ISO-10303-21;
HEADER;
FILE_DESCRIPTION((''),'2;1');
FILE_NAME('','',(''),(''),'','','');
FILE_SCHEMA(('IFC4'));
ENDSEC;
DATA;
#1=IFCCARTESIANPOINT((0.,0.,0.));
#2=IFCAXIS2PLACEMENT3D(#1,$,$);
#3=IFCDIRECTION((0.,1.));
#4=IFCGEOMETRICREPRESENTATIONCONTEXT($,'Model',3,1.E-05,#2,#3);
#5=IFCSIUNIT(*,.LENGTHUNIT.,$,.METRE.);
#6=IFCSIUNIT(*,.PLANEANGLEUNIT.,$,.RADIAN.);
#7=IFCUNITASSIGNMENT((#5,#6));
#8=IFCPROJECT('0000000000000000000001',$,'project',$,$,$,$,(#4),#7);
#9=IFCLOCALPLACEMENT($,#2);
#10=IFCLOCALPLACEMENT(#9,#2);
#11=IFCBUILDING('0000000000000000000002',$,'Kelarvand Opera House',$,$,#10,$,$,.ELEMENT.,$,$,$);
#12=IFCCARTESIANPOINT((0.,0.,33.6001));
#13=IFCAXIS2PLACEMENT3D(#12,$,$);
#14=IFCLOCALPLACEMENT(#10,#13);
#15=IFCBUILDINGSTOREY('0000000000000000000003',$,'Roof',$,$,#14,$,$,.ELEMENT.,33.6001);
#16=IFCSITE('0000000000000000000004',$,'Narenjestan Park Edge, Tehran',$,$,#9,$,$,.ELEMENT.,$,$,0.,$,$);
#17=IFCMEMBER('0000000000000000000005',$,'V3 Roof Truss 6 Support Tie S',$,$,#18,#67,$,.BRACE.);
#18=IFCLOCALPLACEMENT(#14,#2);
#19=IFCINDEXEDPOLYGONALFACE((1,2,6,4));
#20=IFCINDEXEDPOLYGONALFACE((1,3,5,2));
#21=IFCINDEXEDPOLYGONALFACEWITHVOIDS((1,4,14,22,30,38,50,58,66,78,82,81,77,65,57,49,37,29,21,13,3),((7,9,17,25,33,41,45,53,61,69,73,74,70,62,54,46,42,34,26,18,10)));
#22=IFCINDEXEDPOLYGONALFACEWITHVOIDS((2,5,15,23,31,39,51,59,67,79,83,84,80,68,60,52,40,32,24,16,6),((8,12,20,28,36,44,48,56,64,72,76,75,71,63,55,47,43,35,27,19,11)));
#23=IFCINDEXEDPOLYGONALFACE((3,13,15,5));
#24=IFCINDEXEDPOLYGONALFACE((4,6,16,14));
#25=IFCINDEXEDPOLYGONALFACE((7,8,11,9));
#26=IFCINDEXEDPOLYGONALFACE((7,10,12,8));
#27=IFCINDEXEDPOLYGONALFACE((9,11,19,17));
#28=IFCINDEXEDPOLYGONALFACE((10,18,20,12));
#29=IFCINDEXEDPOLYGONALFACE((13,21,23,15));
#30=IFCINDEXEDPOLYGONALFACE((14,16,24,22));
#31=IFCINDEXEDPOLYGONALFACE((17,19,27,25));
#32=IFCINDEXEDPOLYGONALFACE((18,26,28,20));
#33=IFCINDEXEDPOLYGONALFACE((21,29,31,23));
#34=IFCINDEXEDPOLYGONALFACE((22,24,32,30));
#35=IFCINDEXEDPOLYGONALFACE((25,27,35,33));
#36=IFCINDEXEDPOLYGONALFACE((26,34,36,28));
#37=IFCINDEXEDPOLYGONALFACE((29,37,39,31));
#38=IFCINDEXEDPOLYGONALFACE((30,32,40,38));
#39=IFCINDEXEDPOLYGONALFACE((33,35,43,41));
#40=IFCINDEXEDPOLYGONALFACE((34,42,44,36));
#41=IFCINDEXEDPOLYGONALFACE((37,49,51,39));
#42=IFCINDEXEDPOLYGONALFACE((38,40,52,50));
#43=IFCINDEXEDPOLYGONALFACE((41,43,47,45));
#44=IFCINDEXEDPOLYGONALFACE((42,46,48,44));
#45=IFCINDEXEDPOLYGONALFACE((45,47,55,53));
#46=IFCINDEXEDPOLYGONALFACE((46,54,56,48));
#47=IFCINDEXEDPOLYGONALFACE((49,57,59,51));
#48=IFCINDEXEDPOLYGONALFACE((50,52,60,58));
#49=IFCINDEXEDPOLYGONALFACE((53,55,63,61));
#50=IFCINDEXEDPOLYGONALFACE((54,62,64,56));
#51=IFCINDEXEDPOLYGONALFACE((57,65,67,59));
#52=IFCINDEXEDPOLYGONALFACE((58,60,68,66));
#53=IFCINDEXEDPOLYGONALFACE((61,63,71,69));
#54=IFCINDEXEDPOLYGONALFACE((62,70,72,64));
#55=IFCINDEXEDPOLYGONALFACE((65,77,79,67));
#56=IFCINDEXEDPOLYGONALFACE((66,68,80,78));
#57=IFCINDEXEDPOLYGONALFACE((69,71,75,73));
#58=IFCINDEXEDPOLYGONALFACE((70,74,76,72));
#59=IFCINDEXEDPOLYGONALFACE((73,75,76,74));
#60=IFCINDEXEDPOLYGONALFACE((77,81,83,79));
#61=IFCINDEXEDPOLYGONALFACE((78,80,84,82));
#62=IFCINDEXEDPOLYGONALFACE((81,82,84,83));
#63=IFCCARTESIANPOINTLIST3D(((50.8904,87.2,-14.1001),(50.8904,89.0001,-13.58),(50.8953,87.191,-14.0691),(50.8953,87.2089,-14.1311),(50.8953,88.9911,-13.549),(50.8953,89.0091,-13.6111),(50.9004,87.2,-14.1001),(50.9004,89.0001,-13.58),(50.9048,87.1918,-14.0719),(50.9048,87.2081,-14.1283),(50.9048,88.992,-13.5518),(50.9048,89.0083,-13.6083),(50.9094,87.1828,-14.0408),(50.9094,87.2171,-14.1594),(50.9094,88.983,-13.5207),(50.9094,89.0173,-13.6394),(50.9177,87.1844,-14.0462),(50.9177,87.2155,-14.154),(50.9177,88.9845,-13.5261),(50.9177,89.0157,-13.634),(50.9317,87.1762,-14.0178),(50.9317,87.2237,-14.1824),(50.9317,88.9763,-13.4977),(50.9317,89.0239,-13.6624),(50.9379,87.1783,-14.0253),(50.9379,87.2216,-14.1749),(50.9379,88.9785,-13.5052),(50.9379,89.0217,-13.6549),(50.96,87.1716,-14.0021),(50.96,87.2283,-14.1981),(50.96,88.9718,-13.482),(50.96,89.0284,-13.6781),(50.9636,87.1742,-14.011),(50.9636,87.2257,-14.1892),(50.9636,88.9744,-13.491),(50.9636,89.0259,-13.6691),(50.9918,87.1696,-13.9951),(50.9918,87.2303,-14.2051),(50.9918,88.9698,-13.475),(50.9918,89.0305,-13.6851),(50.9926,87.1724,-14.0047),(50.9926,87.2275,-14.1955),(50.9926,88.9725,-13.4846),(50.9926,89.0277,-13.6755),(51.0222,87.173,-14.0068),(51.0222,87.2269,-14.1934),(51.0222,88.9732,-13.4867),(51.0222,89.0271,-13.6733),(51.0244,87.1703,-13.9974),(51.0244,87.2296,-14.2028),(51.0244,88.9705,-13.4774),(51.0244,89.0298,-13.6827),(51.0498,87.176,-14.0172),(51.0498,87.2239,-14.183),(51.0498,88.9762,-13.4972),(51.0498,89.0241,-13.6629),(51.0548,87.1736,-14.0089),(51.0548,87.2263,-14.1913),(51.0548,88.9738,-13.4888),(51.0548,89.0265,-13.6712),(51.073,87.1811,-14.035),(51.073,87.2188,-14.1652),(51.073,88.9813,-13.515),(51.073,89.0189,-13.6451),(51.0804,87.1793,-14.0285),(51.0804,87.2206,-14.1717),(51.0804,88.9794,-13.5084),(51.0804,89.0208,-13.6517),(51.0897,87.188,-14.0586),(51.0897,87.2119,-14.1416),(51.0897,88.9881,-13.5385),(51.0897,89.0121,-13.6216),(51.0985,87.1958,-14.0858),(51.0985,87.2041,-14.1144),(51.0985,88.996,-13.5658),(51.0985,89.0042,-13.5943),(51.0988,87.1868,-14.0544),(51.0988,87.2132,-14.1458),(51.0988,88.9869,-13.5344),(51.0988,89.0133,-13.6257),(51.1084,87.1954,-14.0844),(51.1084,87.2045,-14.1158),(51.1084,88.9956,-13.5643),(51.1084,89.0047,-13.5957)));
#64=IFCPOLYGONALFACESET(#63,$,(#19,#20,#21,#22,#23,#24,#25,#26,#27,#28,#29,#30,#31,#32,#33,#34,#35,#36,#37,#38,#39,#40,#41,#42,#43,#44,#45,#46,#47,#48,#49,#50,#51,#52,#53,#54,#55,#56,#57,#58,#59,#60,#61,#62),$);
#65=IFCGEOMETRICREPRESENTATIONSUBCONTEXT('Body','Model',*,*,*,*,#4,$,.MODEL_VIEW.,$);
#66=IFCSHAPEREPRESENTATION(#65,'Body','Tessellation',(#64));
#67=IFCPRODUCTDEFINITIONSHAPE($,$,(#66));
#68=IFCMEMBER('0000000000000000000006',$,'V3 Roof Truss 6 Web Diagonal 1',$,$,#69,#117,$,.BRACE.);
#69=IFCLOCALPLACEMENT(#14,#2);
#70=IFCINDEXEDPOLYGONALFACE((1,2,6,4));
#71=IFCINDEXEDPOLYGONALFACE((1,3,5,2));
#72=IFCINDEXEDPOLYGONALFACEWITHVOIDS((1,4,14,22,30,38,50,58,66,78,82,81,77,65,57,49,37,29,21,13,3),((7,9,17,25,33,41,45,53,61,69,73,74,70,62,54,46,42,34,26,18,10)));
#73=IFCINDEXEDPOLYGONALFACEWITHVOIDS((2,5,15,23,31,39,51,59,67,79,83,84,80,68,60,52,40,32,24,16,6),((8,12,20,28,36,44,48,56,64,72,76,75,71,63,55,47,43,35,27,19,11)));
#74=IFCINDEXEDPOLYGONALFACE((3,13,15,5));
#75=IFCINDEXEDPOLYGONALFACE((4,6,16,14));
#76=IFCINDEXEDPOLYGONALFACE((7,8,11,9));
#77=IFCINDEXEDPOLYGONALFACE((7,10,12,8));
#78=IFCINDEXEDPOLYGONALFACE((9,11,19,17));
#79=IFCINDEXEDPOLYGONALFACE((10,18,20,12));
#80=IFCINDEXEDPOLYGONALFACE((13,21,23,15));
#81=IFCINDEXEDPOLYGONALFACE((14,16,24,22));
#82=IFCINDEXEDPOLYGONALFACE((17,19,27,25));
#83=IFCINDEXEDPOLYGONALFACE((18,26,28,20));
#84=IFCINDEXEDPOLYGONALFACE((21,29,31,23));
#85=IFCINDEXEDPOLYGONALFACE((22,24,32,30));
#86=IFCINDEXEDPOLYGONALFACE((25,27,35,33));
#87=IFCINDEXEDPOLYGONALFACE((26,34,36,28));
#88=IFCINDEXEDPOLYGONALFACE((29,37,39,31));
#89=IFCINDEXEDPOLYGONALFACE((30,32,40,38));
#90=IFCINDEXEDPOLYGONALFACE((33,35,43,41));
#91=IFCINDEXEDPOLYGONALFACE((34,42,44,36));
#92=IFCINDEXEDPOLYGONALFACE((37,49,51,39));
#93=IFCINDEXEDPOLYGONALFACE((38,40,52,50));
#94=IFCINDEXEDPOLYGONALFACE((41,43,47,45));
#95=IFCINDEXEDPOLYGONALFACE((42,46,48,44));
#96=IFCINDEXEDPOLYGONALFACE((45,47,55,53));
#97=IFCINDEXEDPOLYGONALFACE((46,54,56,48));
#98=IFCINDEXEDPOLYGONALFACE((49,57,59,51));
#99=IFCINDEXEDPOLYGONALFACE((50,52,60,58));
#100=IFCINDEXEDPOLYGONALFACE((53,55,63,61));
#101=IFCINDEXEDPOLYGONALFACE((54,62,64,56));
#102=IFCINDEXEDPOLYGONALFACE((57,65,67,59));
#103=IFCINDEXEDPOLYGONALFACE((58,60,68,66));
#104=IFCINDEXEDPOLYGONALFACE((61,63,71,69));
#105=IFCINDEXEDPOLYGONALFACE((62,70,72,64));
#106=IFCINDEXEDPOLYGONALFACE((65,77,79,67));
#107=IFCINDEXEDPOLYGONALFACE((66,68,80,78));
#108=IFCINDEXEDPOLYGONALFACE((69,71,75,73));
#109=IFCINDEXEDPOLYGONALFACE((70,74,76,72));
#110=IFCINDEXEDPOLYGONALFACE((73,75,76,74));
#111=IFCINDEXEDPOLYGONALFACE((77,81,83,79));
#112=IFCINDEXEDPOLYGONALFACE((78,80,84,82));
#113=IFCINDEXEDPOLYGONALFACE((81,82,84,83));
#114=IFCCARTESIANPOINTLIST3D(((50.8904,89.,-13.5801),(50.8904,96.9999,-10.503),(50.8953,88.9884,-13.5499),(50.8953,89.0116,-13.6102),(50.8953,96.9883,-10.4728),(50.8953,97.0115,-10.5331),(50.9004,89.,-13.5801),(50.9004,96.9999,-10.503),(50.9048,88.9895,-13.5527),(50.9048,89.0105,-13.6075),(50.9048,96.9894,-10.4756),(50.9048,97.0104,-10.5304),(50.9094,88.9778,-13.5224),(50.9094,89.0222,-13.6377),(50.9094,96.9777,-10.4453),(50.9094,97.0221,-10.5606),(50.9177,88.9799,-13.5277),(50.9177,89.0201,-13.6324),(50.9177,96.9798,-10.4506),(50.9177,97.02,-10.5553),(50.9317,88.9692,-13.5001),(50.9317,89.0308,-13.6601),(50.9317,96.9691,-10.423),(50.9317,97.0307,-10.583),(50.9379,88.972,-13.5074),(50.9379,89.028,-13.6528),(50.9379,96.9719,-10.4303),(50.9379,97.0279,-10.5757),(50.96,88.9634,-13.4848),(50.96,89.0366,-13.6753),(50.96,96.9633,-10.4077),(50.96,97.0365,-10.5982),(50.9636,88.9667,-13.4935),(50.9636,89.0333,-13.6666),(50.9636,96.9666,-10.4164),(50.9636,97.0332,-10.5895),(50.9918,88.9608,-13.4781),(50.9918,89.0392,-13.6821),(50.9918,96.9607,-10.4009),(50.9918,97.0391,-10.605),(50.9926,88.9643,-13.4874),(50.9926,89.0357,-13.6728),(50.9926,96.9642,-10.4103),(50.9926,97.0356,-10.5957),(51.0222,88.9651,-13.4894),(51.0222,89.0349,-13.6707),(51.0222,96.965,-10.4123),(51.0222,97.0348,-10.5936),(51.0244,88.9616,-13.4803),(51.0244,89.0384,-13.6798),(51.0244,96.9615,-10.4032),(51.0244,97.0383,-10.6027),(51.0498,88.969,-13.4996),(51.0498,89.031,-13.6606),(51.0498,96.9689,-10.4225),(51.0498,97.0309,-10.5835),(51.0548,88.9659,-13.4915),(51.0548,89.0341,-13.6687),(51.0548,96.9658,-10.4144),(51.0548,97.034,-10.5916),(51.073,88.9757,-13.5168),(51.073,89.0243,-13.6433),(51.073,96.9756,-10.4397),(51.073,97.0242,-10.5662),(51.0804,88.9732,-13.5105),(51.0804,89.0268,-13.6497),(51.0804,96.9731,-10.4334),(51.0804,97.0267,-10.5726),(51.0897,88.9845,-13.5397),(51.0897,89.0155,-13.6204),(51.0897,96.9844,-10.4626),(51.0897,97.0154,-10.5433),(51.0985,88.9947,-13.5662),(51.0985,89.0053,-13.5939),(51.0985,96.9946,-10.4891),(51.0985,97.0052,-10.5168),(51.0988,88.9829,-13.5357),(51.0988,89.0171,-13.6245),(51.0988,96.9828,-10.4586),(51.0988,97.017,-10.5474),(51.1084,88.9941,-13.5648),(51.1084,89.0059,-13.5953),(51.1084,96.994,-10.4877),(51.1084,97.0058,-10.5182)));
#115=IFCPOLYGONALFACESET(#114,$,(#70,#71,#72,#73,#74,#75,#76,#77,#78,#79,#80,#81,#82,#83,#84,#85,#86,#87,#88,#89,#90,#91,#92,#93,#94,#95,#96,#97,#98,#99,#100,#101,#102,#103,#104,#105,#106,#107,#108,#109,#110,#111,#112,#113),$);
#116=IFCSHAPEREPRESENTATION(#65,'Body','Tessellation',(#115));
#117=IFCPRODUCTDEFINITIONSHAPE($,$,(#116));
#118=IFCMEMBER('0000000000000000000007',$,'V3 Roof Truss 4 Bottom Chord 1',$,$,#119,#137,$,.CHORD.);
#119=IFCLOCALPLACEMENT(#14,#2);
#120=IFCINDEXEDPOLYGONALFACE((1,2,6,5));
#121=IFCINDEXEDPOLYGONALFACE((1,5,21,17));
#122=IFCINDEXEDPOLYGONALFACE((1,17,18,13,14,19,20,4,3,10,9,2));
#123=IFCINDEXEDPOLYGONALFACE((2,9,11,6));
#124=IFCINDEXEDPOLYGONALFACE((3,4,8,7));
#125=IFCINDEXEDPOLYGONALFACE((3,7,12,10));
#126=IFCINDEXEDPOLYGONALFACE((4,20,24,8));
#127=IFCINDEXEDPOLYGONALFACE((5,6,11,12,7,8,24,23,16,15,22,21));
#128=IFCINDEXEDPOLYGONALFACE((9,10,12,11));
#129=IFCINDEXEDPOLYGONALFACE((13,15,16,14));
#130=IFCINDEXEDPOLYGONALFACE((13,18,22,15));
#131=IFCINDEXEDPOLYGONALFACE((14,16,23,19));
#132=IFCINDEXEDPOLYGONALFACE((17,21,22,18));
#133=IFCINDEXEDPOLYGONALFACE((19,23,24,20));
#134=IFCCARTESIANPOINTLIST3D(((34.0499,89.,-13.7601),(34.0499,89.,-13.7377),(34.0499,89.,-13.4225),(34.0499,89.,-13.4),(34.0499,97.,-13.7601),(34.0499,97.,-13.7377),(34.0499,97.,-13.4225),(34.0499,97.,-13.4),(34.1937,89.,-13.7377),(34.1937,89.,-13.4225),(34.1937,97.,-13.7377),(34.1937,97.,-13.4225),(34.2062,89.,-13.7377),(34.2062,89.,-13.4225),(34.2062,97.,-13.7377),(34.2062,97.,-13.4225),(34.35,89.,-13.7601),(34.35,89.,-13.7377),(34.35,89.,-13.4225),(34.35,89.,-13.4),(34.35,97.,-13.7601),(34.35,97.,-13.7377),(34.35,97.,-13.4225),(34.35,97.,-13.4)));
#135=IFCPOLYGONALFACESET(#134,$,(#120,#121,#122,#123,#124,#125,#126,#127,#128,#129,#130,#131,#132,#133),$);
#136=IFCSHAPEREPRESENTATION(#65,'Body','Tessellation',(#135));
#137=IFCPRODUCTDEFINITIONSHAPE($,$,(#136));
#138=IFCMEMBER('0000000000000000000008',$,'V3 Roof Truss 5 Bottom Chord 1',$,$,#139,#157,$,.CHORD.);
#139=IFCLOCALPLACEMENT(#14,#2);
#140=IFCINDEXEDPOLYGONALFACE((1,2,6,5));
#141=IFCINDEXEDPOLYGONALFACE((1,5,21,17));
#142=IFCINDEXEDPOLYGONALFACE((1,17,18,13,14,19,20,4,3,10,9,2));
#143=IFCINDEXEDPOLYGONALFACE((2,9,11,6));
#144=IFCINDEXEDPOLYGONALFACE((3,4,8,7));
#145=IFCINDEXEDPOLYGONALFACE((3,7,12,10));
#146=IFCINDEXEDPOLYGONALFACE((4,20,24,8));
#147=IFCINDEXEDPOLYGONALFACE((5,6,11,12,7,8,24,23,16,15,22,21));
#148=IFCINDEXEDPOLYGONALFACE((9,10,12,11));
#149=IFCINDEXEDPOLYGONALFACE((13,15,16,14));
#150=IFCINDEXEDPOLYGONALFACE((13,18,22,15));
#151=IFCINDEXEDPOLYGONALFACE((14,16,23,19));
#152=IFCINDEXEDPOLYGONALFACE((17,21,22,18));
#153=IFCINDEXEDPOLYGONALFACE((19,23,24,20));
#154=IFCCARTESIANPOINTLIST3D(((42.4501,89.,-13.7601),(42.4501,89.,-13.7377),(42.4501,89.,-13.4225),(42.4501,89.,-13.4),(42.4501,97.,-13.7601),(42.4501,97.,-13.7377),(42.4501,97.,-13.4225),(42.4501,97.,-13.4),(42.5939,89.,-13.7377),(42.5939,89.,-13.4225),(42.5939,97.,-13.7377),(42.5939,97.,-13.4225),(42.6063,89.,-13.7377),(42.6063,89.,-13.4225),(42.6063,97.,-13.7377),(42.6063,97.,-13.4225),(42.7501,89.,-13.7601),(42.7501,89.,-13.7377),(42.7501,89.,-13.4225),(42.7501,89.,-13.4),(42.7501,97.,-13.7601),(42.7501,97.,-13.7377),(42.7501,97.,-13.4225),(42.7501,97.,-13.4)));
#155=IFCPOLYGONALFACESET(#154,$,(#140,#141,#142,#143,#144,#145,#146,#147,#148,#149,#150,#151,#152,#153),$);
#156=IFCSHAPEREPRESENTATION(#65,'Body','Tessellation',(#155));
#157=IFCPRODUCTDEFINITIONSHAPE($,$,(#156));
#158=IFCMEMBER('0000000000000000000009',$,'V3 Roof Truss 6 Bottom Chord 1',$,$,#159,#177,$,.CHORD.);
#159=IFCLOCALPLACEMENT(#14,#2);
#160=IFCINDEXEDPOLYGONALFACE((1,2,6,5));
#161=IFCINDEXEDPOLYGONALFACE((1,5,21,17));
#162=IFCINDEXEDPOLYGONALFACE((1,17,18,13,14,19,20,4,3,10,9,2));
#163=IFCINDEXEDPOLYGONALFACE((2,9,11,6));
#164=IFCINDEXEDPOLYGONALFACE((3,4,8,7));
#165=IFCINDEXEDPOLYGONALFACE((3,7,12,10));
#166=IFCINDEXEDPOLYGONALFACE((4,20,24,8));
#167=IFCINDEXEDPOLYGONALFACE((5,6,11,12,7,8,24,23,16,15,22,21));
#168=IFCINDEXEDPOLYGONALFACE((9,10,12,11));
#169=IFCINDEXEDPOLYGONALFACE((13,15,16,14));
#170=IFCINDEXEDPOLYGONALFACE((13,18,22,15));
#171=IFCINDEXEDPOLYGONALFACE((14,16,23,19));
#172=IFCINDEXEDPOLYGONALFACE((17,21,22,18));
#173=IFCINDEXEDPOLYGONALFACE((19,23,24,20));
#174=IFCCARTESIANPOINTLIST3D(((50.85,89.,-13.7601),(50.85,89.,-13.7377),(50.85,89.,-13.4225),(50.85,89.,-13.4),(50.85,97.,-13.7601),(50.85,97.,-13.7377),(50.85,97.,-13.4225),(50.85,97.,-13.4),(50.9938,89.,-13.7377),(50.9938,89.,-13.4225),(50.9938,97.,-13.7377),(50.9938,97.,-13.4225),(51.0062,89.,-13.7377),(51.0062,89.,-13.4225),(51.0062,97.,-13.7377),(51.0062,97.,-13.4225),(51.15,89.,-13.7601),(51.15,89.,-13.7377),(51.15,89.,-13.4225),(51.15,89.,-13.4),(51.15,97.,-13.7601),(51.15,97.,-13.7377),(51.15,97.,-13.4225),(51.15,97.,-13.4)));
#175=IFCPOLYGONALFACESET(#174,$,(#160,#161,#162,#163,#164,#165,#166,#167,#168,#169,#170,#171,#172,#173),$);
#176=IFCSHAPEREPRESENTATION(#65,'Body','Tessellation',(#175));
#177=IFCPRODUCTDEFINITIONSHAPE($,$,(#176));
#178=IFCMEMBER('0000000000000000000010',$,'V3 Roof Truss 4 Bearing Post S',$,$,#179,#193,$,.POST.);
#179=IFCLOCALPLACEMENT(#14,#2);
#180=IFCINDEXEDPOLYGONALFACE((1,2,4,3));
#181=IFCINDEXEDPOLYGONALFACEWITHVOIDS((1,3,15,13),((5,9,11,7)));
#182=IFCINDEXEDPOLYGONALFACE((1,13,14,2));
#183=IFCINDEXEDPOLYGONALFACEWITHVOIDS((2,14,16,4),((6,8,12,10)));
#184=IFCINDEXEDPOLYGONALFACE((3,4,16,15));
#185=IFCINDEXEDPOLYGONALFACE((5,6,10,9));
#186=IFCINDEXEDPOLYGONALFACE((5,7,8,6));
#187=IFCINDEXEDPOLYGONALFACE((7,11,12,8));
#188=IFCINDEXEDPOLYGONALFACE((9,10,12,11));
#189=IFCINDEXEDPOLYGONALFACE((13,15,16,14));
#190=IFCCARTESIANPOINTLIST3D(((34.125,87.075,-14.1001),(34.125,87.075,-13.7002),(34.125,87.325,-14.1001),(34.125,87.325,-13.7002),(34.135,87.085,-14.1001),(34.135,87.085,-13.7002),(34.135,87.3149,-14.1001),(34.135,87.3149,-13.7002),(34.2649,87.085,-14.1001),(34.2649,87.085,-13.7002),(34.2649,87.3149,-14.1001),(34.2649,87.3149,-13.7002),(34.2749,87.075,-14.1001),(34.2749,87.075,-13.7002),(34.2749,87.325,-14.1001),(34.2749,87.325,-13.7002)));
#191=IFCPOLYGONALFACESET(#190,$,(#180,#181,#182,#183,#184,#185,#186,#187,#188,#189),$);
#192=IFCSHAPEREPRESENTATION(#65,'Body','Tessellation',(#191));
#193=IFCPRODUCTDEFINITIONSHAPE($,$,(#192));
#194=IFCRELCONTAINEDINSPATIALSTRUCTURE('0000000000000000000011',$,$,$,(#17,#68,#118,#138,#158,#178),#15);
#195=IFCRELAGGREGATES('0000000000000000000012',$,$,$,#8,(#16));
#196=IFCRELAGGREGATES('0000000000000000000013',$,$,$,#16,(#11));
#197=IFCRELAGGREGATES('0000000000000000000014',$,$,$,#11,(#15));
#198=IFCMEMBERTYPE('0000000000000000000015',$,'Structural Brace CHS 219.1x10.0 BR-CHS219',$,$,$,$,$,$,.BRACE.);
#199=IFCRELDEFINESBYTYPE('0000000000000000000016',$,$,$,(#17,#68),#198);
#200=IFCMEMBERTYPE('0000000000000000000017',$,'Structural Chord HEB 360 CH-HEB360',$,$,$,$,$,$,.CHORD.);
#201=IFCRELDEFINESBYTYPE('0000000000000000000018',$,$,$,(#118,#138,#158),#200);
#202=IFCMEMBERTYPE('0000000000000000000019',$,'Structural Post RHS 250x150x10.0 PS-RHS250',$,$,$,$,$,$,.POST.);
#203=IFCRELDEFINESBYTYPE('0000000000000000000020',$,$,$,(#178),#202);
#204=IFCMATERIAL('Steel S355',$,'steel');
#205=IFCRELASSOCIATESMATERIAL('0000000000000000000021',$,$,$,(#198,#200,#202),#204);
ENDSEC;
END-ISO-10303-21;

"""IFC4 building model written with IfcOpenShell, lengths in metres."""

from ifc_helpers import new_model, si_unit, direction, frame, origin, origin_2d, place, context, subcontext, project, spatial, hollow_rectangle, hollow_circle, i_section, extrude, material, material_profile, profile_set, type_object, element, save


model = new_model("IFC4")

# Units and contexts
model_context = context("Model", 3, precision=1e-05, world=origin(), true_north=direction((0.0, 1.0)))
body_context = subcontext(model_context, "Body", "Model", "MODEL_VIEW")
ifc_project = project(units=[si_unit("LENGTHUNIT", "METRE"), si_unit("PLANEANGLEUNIT", "RADIAN")], contexts=[model_context])

# Site, building, storey
site_placement = place(None, origin())
site = spatial("IfcSite", under=ifc_project, at=site_placement, Name="Narenjestan Park Edge, Tehran", CompositionType="ELEMENT", RefElevation=0.0)
building_placement = place(site_placement, origin())
building = spatial("IfcBuilding", under=site, at=building_placement, Name="Kelarvand Opera House", CompositionType="ELEMENT")
storey_placement = place(building_placement, frame((0.0, 0.0, 33.6001)))
storey = spatial("IfcBuildingStorey", under=building, at=storey_placement, Name="Roof", CompositionType="ELEMENT", Elevation=33.6001)

# Members
ifc_material = material(Name="Steel S355", Category="steel")
ifc_material_profile_1 = material_profile(ifc_material, hollow_circle(Radius=0.1096, WallThickness=0.01, at=origin_2d()), Name="CHS 219.1x10.0", Category="steel")
ifc_profile_set_1 = profile_set([ifc_material_profile_1], Name="Steel S355")
member_type_1 = type_object("IfcMemberType", Name="Structural Brace CHS 219.1x10.0 BR-CHS219", PredefinedType="BRACE", material=ifc_profile_set_1)
member_1_placement = place(storey_placement, frame((51.0, 87.2, -14.1001), z_axis=(0.0, 0.960713, 0.277542), x_axis=(-1.0, 0.0, 0.0)))
element("IfcMember", 1, at=member_1_placement, inside=storey, type_object=member_type_1, Name="V3 Roof Truss 6 Support Tie S", PredefinedType="BRACE", context=body_context, shape_type="SweptSolid", body=[
    extrude(hollow_circle(Radius=0.1096, WallThickness=0.01, at=origin_2d()), origin(), (0.0, 0.0, 1.0), 1.8738),
])
member_2_placement = place(storey_placement, frame((51.0, 89.0, -13.5801), z_axis=(0.0, 0.933337, 0.359002), x_axis=(-1.0, 0.0, 0.0)))
element("IfcMember", 2, at=member_2_placement, inside=storey, type_object=member_type_1, Name="V3 Roof Truss 6 Web Diagonal 1", PredefinedType="BRACE", context=body_context, shape_type="SweptSolid", body=[
    extrude(hollow_circle(Radius=0.1096, WallThickness=0.01, at=origin_2d()), origin(), (0.0, 0.0, 1.0), 8.5713),
])
ifc_material_profile_2 = material_profile(ifc_material, i_section(OverallWidth=0.3, OverallDepth=0.3601, WebThickness=0.0125, FlangeThickness=0.0225, at=origin_2d()), Name="HEB 360", Category="steel")
ifc_profile_set_2 = profile_set([ifc_material_profile_2], Name="Steel S355")
member_type_2 = type_object("IfcMemberType", Name="Structural Chord HEB 360 CH-HEB360", PredefinedType="CHORD", material=ifc_profile_set_2)
for number, where, z_axis, x_axis, name in (
    (3, (34.2, 89.0, -13.5801), (0.0, 1.0, 0.0), (-1.0, 0.0, 0.0), "V3 Roof Truss 4 Bottom Chord 1"),
    (4, (42.6001, 89.0, -13.5801), (0.0, 1.0, 0.0), (-1.0, 0.0, 0.0), "V3 Roof Truss 5 Bottom Chord 1"),
    (5, (51.0, 89.0, -13.5801), (0.0, 1.0, 0.0), (-1.0, 0.0, 0.0), "V3 Roof Truss 6 Bottom Chord 1"),
):
    element("IfcMember", number, at=place(storey_placement, frame(where, z_axis=z_axis, x_axis=x_axis)), inside=storey, type_object=member_type_2, Name=name, PredefinedType="CHORD", context=body_context, shape_type="SweptSolid", body=[
        extrude(i_section(OverallWidth=0.3, OverallDepth=0.3601, WebThickness=0.0125, FlangeThickness=0.0225, at=origin_2d()), origin(), (0.0, 0.0, 1.0), 8.0),
    ])
ifc_material_profile_3 = material_profile(ifc_material, hollow_rectangle(XDim=0.1499, YDim=0.25, WallThickness=0.01, at=origin_2d()), Name="RHS 250x150x10.0", Category="steel")
ifc_profile_set_3 = profile_set([ifc_material_profile_3], Name="Steel S355")
member_type_3 = type_object("IfcMemberType", Name="Structural Post RHS 250x150x10.0 PS-RHS250", PredefinedType="POST", material=ifc_profile_set_3)
for number, where, z_axis, x_axis, name in (
    (6, (34.2, 87.2, -14.1001), (0.0, 0.0, 1.0), (1.0, 0.0, 0.0), "V3 Roof Truss 4 Bearing Post S"),
):
    element("IfcMember", number, at=place(storey_placement, frame(where, z_axis=z_axis, x_axis=x_axis)), inside=storey, type_object=member_type_3, Name=name, PredefinedType="POST", context=body_context, shape_type="SweptSolid", body=[
        extrude(hollow_rectangle(XDim=0.1499, YDim=0.25, WallThickness=0.01, at=origin_2d()), origin(), (0.0, 0.0, 1.0), 0.3999),
    ])

save(model, "model.ifc")
